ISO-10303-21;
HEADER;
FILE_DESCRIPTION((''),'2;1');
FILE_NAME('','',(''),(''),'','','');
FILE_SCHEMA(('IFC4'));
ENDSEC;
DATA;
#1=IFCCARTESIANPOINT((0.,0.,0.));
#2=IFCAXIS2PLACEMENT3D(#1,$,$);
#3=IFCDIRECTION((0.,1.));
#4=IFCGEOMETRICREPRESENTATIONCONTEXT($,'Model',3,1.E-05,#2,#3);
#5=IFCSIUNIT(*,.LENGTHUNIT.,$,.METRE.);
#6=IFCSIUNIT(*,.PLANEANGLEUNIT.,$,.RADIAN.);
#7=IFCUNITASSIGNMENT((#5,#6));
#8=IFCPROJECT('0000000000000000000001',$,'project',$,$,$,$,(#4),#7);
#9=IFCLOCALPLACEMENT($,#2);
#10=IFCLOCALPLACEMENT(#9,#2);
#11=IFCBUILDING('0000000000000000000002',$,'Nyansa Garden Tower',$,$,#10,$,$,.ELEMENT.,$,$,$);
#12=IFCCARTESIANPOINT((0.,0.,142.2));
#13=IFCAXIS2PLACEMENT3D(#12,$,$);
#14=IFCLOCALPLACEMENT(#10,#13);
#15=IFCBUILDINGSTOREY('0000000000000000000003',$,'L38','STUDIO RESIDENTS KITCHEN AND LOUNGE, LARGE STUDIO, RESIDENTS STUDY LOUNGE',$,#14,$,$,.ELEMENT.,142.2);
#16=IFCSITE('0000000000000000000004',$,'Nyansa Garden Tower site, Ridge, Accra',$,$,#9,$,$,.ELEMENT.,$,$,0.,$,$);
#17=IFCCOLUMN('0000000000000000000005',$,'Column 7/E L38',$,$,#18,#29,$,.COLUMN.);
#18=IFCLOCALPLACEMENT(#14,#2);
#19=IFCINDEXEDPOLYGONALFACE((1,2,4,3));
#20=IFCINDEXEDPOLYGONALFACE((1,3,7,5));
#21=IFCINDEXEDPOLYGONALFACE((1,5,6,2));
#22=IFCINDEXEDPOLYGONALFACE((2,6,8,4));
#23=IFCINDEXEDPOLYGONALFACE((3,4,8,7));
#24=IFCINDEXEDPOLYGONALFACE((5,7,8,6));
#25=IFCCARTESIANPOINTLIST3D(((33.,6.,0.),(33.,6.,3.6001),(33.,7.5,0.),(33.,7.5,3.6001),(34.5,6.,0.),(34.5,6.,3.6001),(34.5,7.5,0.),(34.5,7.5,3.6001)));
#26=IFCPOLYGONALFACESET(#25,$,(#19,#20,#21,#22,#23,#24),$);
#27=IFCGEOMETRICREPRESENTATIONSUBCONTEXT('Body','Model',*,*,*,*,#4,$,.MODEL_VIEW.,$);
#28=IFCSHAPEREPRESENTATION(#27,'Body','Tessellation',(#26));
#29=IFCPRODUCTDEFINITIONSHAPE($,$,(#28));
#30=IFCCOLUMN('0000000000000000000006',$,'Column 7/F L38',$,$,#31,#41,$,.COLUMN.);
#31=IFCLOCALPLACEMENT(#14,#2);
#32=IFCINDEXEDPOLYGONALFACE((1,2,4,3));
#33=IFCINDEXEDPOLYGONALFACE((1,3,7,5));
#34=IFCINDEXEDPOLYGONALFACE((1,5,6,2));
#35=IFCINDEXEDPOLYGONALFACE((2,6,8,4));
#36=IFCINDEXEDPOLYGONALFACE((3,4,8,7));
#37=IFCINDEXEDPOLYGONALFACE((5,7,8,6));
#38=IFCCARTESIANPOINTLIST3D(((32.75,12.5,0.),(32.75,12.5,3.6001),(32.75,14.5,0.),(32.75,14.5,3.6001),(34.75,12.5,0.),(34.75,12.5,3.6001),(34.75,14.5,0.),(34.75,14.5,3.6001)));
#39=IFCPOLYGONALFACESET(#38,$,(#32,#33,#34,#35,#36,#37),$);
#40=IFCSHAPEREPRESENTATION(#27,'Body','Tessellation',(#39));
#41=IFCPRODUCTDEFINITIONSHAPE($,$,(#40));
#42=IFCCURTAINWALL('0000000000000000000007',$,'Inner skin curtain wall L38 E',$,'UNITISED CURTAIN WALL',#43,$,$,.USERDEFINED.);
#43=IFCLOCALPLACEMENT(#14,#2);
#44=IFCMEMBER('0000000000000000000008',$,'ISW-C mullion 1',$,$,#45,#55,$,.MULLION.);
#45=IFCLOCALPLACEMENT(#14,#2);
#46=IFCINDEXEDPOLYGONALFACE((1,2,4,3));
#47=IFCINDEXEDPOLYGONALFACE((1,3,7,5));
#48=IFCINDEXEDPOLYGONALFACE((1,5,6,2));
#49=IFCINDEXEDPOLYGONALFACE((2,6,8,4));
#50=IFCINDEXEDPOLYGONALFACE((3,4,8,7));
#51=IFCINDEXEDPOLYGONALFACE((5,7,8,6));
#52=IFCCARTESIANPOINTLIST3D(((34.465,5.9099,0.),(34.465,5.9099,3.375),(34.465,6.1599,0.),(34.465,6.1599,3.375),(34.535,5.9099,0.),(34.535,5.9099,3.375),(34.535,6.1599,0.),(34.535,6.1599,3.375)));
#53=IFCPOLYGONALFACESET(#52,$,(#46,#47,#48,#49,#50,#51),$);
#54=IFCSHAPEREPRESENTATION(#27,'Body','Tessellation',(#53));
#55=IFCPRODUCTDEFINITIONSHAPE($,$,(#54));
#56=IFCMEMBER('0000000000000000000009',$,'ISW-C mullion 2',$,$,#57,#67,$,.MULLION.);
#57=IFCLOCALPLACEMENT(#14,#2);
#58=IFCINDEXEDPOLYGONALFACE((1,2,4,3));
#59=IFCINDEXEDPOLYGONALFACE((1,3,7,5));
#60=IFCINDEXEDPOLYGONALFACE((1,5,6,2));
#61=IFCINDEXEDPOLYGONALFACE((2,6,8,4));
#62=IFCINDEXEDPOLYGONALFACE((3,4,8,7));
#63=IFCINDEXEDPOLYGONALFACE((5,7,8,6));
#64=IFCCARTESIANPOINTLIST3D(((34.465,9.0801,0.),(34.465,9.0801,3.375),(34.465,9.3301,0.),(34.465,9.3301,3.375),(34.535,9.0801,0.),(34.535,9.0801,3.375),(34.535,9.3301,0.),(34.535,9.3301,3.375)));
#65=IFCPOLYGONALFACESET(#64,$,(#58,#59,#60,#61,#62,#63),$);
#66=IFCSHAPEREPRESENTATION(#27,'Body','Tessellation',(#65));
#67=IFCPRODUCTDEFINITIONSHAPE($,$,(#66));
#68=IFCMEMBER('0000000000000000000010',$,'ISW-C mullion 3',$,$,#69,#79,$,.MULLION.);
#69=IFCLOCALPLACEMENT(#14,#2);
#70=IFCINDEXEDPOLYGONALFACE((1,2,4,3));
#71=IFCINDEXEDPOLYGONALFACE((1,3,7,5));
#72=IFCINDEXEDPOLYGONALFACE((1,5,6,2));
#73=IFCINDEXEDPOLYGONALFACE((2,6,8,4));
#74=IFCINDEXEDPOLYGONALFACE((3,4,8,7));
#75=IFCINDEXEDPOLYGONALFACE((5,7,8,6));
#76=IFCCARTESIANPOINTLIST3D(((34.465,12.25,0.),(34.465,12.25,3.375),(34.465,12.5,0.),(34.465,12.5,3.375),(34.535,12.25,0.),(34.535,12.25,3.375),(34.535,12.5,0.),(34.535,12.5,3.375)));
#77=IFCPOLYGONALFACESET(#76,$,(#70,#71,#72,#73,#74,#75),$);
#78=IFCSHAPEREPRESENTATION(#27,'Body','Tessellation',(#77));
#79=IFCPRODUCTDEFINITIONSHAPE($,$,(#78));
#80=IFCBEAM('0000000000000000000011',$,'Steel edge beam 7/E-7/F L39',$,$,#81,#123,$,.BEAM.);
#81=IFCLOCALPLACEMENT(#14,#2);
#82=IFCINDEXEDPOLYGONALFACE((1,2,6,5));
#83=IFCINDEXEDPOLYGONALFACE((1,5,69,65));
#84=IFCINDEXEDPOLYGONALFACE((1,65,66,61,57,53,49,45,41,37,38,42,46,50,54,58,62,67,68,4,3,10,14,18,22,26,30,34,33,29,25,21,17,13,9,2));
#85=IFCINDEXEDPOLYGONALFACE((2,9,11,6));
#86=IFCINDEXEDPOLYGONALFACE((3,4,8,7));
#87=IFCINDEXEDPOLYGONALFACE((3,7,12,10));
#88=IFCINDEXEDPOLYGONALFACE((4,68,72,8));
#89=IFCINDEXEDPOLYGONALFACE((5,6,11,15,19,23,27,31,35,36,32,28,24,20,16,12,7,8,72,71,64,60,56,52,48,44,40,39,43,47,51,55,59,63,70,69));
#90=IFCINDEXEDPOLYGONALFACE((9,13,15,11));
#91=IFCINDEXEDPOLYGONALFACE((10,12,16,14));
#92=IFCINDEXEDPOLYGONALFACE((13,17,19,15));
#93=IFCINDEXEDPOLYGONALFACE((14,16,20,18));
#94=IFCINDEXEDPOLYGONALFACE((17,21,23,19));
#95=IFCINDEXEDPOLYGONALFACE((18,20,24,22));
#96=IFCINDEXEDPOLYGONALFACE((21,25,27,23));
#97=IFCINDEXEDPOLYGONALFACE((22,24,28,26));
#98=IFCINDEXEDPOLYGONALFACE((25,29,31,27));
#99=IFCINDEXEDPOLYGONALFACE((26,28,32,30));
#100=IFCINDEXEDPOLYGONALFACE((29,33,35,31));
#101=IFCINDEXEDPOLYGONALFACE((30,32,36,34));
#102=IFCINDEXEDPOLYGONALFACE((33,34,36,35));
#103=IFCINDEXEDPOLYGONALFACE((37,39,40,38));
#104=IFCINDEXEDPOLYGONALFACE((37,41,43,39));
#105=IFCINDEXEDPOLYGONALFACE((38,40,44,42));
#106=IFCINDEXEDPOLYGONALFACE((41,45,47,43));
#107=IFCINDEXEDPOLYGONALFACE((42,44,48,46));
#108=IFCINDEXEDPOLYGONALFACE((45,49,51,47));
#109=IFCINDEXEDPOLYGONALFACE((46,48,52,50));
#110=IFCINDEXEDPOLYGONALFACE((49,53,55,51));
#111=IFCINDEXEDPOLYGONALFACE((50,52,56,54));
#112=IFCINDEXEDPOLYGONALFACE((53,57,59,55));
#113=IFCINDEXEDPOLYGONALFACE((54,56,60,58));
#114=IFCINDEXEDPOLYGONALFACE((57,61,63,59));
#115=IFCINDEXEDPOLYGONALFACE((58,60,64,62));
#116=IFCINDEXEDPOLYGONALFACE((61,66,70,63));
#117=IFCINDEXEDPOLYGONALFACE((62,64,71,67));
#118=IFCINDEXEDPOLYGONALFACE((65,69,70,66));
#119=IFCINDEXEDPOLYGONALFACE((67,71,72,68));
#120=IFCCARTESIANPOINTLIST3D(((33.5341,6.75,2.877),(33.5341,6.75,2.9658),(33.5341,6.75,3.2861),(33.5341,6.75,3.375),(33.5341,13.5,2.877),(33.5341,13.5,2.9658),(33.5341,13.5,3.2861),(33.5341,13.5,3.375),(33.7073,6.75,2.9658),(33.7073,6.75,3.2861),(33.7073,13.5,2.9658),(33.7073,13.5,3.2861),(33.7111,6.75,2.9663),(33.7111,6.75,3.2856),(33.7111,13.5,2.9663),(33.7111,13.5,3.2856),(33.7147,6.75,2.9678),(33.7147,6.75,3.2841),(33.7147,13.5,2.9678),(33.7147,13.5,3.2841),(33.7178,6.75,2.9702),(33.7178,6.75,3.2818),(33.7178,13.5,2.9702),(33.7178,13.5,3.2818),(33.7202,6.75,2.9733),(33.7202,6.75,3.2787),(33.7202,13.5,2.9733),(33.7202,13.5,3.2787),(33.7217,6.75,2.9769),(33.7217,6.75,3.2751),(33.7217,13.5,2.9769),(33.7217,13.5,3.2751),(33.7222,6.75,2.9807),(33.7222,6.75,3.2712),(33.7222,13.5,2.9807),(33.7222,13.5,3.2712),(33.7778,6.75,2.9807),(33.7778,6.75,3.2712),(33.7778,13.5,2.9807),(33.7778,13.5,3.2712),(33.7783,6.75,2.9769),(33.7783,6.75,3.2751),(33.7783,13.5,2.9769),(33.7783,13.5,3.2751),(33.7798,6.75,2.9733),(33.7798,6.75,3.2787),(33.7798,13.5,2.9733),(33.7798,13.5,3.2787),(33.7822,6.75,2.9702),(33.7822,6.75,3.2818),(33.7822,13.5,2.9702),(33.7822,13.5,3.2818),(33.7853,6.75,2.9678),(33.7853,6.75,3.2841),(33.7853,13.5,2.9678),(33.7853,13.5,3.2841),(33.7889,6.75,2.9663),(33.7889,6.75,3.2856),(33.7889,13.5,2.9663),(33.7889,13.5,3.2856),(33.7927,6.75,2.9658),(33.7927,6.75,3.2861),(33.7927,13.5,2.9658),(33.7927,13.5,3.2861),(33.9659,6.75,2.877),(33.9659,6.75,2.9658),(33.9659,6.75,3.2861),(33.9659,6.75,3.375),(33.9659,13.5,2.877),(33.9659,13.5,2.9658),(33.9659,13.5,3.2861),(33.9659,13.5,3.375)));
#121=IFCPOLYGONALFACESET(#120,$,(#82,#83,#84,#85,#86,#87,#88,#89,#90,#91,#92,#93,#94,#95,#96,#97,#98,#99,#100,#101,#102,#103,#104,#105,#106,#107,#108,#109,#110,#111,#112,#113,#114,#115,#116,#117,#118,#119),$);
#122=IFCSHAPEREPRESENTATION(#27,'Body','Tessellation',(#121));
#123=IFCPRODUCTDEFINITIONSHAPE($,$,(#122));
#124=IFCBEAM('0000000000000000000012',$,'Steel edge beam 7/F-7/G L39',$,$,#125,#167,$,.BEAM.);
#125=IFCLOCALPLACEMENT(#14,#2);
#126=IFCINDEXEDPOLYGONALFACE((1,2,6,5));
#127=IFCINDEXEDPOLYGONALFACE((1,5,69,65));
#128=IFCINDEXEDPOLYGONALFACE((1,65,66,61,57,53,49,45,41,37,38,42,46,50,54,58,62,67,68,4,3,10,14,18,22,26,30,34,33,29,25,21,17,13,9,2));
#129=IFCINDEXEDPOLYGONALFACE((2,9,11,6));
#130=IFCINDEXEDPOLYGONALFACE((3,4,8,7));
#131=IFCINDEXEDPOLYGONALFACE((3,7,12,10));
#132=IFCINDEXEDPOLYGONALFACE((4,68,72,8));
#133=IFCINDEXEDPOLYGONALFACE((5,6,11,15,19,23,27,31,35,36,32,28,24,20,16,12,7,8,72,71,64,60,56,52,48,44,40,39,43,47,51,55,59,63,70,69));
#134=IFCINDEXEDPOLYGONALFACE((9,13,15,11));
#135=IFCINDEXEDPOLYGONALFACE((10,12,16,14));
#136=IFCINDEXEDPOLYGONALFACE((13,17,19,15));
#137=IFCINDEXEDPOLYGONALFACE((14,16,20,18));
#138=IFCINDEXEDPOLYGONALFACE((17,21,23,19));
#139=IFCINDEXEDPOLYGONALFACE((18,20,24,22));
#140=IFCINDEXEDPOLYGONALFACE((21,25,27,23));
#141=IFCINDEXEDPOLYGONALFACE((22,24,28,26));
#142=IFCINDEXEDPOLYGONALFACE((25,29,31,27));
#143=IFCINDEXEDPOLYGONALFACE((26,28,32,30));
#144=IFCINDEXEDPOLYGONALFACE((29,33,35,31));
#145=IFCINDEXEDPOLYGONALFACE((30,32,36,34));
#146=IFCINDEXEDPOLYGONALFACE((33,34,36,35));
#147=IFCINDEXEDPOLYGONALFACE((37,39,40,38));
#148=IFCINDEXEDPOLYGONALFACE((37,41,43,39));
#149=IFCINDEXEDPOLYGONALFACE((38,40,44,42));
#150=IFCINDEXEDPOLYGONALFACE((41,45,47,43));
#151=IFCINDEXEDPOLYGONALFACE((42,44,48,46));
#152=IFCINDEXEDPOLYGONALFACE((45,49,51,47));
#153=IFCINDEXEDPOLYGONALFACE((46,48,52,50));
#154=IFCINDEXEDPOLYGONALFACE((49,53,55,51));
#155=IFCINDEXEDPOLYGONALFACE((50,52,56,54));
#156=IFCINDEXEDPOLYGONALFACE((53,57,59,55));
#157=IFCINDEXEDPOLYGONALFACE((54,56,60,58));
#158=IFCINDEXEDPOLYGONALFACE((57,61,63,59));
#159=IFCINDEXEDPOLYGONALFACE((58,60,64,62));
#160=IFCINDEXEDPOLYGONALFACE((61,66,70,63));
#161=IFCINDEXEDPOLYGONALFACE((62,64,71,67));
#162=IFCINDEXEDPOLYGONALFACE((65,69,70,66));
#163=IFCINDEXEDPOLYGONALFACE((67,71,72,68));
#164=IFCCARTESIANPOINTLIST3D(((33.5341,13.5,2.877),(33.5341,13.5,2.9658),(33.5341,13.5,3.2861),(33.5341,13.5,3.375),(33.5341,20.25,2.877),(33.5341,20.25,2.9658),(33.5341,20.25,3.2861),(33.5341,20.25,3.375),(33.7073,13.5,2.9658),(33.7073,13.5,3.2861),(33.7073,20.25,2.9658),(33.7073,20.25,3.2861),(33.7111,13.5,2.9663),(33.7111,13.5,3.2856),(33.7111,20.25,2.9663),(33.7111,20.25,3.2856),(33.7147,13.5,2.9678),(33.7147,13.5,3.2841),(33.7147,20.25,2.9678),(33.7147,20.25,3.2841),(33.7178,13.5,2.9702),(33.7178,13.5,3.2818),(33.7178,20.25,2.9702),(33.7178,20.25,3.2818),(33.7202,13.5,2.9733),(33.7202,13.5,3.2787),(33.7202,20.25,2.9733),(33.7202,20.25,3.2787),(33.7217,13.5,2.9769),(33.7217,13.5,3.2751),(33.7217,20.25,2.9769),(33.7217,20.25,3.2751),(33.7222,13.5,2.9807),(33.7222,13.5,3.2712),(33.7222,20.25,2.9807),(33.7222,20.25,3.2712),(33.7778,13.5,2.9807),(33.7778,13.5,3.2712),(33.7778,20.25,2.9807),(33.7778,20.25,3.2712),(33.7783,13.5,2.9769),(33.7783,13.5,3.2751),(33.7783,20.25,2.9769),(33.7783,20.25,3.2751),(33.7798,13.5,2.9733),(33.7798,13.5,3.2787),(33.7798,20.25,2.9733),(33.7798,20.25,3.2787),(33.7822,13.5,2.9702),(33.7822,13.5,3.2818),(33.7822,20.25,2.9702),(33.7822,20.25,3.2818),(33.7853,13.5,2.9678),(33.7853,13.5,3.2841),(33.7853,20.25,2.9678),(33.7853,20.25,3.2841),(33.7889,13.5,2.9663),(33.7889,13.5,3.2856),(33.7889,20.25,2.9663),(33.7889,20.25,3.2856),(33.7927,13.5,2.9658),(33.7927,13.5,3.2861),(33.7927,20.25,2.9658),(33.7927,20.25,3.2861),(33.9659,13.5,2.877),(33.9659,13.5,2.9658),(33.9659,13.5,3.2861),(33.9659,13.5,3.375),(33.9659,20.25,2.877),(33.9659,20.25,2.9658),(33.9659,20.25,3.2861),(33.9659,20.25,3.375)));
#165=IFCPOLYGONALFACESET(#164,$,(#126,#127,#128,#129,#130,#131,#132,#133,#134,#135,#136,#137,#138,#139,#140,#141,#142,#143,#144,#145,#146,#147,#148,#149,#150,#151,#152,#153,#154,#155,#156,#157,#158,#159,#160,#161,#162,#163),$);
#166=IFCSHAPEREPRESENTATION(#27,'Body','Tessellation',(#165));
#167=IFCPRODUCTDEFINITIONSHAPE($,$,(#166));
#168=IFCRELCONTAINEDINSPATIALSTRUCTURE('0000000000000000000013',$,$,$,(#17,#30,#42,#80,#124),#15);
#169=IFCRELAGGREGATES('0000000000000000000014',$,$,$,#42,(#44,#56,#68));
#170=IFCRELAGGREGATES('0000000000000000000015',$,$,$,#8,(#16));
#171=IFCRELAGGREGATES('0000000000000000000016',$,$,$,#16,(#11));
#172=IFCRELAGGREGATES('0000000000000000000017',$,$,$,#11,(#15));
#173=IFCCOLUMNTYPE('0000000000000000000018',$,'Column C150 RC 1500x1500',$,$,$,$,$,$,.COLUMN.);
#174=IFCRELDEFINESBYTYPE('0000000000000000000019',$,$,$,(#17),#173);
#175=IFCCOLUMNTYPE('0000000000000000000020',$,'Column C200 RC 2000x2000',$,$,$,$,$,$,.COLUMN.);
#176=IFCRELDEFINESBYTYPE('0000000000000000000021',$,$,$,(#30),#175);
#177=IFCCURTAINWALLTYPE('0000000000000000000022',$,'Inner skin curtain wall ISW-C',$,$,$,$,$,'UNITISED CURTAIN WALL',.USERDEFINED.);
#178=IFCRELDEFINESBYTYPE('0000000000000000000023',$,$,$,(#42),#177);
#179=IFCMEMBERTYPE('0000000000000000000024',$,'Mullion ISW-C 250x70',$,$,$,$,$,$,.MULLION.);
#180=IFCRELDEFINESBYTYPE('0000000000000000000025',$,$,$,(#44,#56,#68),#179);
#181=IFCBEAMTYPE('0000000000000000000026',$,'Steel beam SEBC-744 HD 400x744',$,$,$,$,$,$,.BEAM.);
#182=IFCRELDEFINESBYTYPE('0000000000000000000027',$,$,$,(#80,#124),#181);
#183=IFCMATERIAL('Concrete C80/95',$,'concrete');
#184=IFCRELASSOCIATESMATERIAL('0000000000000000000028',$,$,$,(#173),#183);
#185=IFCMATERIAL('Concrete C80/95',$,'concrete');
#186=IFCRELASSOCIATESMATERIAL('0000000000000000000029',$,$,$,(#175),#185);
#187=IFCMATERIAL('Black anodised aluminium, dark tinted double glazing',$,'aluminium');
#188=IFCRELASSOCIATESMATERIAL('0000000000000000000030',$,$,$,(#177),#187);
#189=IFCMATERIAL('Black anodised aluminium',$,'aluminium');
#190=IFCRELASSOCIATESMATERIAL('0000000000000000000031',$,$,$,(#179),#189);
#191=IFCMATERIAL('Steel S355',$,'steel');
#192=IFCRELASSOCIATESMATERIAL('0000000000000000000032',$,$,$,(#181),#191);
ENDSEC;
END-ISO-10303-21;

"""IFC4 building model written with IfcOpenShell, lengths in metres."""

from ifc_helpers import new_model, si_unit, direction, frame, origin, origin_2d, place, context, subcontext, project, spatial, rectangle, i_section, extrude, material, material_profile, profile_set, type_object, element, aggregate, save


model = new_model("IFC4")

# Units and contexts
model_context = context("Model", 3, precision=1e-05, world=origin(), true_north=direction((0.0, 1.0)))
body_context = subcontext(model_context, "Body", "Model", "MODEL_VIEW")
ifc_project = project(units=[si_unit("LENGTHUNIT", "METRE"), si_unit("PLANEANGLEUNIT", "RADIAN")], contexts=[model_context])

# Site, building, storey
site_placement = place(None, origin())
site = spatial("IfcSite", under=ifc_project, at=site_placement, Name="Nyansa Garden Tower site, Ridge, Accra", CompositionType="ELEMENT", RefElevation=0.0)
building_placement = place(site_placement, origin())
building = spatial("IfcBuilding", under=site, at=building_placement, Name="Nyansa Garden Tower", CompositionType="ELEMENT")
storey_placement = place(building_placement, frame((0.0, 0.0, 142.2)))
storey = spatial("IfcBuildingStorey", under=building, at=storey_placement, Name="L38", Description="STUDIO RESIDENTS KITCHEN AND LOUNGE, LARGE STUDIO, RESIDENTS STUDY LOUNGE", CompositionType="ELEMENT", Elevation=142.2)

# Columns
ifc_material_1 = material(Name="Concrete C80/95", Category="concrete")
ifc_material_profile_1 = material_profile(ifc_material_1, rectangle(XDim=1.5, YDim=1.5, at=origin_2d()), Name="RC 1500x1500")
ifc_profile_set_1 = profile_set([ifc_material_profile_1], Name="Concrete C80/95")
column_type_1 = type_object("IfcColumnType", Name="Column C150 RC 1500x1500", PredefinedType="COLUMN", material=ifc_profile_set_1)
column_1_placement = place(storey_placement, frame((33.75, 6.75, 0.0), z_axis=(0.0, 0.0, 1.0), x_axis=(1.0, 0.0, 0.0)))
element("IfcColumn", 1, at=column_1_placement, inside=storey, type_object=column_type_1, Name="Column 7/E L38", PredefinedType="COLUMN", context=body_context, shape_type="SweptSolid", body=[
    extrude(rectangle(XDim=1.5, YDim=1.5, at=origin_2d()), origin(), (0.0, 0.0, 1.0), 3.6001),
])
ifc_material_2 = material(Name="Concrete C80/95", Category="concrete")
ifc_material_profile_2 = material_profile(ifc_material_2, rectangle(XDim=2.0, YDim=2.0, at=origin_2d()), Name="RC 2000x2000")
ifc_profile_set_2 = profile_set([ifc_material_profile_2], Name="Concrete C80/95")
column_type_2 = type_object("IfcColumnType", Name="Column C200 RC 2000x2000", PredefinedType="COLUMN", material=ifc_profile_set_2)
column_2_placement = place(storey_placement, frame((33.75, 13.5, 0.0), z_axis=(0.0, 0.0, 1.0), x_axis=(1.0, 0.0, 0.0)))
element("IfcColumn", 2, at=column_2_placement, inside=storey, type_object=column_type_2, Name="Column 7/F L38", PredefinedType="COLUMN", context=body_context, shape_type="SweptSolid", body=[
    extrude(rectangle(XDim=2.0, YDim=2.0, at=origin_2d()), origin(), (0.0, 0.0, 1.0), 3.6001),
])

# Curtain wall, members
ifc_material_3 = material(Name="Black anodised aluminium, dark tinted double glazing", Category="aluminium")
curtain_wall_type = type_object("IfcCurtainWallType", Name="Inner skin curtain wall ISW-C", ElementType="UNITISED CURTAIN WALL", PredefinedType="USERDEFINED", material=ifc_material_3)
curtain_wall_placement = place(storey_placement, origin())
curtain_wall = element("IfcCurtainWall", 3, at=curtain_wall_placement, inside=storey, type_object=curtain_wall_type, Name="Inner skin curtain wall L38 E", ObjectType="UNITISED CURTAIN WALL", PredefinedType="USERDEFINED")
ifc_material_4 = material(Name="Black anodised aluminium", Category="aluminium")
ifc_material_profile_3 = material_profile(ifc_material_4, rectangle(XDim=0.0701, YDim=0.25, at=origin_2d()), Name="Mullion 250x70")
ifc_profile_set_3 = profile_set([ifc_material_profile_3], Name="Black anodised aluminium")
member_type_1 = type_object("IfcMemberType", Name="Mullion ISW-C 250x70", PredefinedType="MULLION", material=ifc_profile_set_3)
member_1_placement = place(storey_placement, frame((34.5, 6.0349, 0.0), z_axis=(0.0, 0.0, 1.0), x_axis=(-1.0, 0.0, 0.0)))
member_1 = element("IfcMember", 4, at=member_1_placement, type_object=member_type_1, Name="ISW-C mullion 1", PredefinedType="MULLION", context=body_context, shape_type="SweptSolid", body=[
    extrude(rectangle(XDim=0.0701, YDim=0.25, at=origin_2d()), origin(), (0.0, 0.0, 1.0), 3.375),
])
member_2_placement = place(storey_placement, frame((34.5, 9.2051, 0.0), z_axis=(0.0, 0.0, 1.0), x_axis=(-1.0, 0.0, 0.0)))
member_2 = element("IfcMember", 5, at=member_2_placement, type_object=member_type_1, Name="ISW-C mullion 2", PredefinedType="MULLION", context=body_context, shape_type="SweptSolid", body=[
    extrude(rectangle(XDim=0.0701, YDim=0.25, at=origin_2d()), origin(), (0.0, 0.0, 1.0), 3.375),
])
member_3_placement = place(storey_placement, frame((34.5, 12.375, 0.0), z_axis=(0.0, 0.0, 1.0), x_axis=(-1.0, 0.0, 0.0)))
member_3 = element("IfcMember", 6, at=member_3_placement, type_object=member_type_1, Name="ISW-C mullion 3", PredefinedType="MULLION", context=body_context, shape_type="SweptSolid", body=[
    extrude(rectangle(XDim=0.0701, YDim=0.25, at=origin_2d()), origin(), (0.0, 0.0, 1.0), 3.375),
])

# Beams
ifc_material_5 = material(Name="Steel S355", Category="steel")
ifc_material_profile_4 = material_profile(ifc_material_5, i_section(OverallWidth=0.4319, OverallDepth=0.498, WebThickness=0.0557, FlangeThickness=0.0889, FilletRadius=0.0149, at=origin_2d()), Name="HD 400x744")
ifc_profile_set_4 = profile_set([ifc_material_profile_4], Name="Steel S355")
beam_type_1 = type_object("IfcBeamType", Name="Steel beam SEBC-744 HD 400x744", PredefinedType="BEAM", material=ifc_profile_set_4)
for number, where, z_axis, x_axis, name in (
    (7, (33.75, 6.75, 3.126), (0.0, 1.0, 0.0), (-1.0, 0.0, 0.0), "Steel edge beam 7/E-7/F L39"),
    (8, (33.75, 13.5, 3.126), (0.0, 1.0, 0.0), (-1.0, 0.0, 0.0), "Steel edge beam 7/F-7/G L39"),
):
    element("IfcBeam", number, at=place(storey_placement, frame(where, z_axis=z_axis, x_axis=x_axis)), inside=storey, type_object=beam_type_1, Name=name, PredefinedType="BEAM", context=body_context, shape_type="SweptSolid", body=[
        extrude(i_section(OverallWidth=0.4319, OverallDepth=0.498, WebThickness=0.0557, FlangeThickness=0.0889, FilletRadius=0.0149, at=origin_2d()), origin(), (0.0, 0.0, 1.0), 6.75),
    ])

aggregate(curtain_wall, [member_1, member_2, member_3])

save(model, "model.ifc")
